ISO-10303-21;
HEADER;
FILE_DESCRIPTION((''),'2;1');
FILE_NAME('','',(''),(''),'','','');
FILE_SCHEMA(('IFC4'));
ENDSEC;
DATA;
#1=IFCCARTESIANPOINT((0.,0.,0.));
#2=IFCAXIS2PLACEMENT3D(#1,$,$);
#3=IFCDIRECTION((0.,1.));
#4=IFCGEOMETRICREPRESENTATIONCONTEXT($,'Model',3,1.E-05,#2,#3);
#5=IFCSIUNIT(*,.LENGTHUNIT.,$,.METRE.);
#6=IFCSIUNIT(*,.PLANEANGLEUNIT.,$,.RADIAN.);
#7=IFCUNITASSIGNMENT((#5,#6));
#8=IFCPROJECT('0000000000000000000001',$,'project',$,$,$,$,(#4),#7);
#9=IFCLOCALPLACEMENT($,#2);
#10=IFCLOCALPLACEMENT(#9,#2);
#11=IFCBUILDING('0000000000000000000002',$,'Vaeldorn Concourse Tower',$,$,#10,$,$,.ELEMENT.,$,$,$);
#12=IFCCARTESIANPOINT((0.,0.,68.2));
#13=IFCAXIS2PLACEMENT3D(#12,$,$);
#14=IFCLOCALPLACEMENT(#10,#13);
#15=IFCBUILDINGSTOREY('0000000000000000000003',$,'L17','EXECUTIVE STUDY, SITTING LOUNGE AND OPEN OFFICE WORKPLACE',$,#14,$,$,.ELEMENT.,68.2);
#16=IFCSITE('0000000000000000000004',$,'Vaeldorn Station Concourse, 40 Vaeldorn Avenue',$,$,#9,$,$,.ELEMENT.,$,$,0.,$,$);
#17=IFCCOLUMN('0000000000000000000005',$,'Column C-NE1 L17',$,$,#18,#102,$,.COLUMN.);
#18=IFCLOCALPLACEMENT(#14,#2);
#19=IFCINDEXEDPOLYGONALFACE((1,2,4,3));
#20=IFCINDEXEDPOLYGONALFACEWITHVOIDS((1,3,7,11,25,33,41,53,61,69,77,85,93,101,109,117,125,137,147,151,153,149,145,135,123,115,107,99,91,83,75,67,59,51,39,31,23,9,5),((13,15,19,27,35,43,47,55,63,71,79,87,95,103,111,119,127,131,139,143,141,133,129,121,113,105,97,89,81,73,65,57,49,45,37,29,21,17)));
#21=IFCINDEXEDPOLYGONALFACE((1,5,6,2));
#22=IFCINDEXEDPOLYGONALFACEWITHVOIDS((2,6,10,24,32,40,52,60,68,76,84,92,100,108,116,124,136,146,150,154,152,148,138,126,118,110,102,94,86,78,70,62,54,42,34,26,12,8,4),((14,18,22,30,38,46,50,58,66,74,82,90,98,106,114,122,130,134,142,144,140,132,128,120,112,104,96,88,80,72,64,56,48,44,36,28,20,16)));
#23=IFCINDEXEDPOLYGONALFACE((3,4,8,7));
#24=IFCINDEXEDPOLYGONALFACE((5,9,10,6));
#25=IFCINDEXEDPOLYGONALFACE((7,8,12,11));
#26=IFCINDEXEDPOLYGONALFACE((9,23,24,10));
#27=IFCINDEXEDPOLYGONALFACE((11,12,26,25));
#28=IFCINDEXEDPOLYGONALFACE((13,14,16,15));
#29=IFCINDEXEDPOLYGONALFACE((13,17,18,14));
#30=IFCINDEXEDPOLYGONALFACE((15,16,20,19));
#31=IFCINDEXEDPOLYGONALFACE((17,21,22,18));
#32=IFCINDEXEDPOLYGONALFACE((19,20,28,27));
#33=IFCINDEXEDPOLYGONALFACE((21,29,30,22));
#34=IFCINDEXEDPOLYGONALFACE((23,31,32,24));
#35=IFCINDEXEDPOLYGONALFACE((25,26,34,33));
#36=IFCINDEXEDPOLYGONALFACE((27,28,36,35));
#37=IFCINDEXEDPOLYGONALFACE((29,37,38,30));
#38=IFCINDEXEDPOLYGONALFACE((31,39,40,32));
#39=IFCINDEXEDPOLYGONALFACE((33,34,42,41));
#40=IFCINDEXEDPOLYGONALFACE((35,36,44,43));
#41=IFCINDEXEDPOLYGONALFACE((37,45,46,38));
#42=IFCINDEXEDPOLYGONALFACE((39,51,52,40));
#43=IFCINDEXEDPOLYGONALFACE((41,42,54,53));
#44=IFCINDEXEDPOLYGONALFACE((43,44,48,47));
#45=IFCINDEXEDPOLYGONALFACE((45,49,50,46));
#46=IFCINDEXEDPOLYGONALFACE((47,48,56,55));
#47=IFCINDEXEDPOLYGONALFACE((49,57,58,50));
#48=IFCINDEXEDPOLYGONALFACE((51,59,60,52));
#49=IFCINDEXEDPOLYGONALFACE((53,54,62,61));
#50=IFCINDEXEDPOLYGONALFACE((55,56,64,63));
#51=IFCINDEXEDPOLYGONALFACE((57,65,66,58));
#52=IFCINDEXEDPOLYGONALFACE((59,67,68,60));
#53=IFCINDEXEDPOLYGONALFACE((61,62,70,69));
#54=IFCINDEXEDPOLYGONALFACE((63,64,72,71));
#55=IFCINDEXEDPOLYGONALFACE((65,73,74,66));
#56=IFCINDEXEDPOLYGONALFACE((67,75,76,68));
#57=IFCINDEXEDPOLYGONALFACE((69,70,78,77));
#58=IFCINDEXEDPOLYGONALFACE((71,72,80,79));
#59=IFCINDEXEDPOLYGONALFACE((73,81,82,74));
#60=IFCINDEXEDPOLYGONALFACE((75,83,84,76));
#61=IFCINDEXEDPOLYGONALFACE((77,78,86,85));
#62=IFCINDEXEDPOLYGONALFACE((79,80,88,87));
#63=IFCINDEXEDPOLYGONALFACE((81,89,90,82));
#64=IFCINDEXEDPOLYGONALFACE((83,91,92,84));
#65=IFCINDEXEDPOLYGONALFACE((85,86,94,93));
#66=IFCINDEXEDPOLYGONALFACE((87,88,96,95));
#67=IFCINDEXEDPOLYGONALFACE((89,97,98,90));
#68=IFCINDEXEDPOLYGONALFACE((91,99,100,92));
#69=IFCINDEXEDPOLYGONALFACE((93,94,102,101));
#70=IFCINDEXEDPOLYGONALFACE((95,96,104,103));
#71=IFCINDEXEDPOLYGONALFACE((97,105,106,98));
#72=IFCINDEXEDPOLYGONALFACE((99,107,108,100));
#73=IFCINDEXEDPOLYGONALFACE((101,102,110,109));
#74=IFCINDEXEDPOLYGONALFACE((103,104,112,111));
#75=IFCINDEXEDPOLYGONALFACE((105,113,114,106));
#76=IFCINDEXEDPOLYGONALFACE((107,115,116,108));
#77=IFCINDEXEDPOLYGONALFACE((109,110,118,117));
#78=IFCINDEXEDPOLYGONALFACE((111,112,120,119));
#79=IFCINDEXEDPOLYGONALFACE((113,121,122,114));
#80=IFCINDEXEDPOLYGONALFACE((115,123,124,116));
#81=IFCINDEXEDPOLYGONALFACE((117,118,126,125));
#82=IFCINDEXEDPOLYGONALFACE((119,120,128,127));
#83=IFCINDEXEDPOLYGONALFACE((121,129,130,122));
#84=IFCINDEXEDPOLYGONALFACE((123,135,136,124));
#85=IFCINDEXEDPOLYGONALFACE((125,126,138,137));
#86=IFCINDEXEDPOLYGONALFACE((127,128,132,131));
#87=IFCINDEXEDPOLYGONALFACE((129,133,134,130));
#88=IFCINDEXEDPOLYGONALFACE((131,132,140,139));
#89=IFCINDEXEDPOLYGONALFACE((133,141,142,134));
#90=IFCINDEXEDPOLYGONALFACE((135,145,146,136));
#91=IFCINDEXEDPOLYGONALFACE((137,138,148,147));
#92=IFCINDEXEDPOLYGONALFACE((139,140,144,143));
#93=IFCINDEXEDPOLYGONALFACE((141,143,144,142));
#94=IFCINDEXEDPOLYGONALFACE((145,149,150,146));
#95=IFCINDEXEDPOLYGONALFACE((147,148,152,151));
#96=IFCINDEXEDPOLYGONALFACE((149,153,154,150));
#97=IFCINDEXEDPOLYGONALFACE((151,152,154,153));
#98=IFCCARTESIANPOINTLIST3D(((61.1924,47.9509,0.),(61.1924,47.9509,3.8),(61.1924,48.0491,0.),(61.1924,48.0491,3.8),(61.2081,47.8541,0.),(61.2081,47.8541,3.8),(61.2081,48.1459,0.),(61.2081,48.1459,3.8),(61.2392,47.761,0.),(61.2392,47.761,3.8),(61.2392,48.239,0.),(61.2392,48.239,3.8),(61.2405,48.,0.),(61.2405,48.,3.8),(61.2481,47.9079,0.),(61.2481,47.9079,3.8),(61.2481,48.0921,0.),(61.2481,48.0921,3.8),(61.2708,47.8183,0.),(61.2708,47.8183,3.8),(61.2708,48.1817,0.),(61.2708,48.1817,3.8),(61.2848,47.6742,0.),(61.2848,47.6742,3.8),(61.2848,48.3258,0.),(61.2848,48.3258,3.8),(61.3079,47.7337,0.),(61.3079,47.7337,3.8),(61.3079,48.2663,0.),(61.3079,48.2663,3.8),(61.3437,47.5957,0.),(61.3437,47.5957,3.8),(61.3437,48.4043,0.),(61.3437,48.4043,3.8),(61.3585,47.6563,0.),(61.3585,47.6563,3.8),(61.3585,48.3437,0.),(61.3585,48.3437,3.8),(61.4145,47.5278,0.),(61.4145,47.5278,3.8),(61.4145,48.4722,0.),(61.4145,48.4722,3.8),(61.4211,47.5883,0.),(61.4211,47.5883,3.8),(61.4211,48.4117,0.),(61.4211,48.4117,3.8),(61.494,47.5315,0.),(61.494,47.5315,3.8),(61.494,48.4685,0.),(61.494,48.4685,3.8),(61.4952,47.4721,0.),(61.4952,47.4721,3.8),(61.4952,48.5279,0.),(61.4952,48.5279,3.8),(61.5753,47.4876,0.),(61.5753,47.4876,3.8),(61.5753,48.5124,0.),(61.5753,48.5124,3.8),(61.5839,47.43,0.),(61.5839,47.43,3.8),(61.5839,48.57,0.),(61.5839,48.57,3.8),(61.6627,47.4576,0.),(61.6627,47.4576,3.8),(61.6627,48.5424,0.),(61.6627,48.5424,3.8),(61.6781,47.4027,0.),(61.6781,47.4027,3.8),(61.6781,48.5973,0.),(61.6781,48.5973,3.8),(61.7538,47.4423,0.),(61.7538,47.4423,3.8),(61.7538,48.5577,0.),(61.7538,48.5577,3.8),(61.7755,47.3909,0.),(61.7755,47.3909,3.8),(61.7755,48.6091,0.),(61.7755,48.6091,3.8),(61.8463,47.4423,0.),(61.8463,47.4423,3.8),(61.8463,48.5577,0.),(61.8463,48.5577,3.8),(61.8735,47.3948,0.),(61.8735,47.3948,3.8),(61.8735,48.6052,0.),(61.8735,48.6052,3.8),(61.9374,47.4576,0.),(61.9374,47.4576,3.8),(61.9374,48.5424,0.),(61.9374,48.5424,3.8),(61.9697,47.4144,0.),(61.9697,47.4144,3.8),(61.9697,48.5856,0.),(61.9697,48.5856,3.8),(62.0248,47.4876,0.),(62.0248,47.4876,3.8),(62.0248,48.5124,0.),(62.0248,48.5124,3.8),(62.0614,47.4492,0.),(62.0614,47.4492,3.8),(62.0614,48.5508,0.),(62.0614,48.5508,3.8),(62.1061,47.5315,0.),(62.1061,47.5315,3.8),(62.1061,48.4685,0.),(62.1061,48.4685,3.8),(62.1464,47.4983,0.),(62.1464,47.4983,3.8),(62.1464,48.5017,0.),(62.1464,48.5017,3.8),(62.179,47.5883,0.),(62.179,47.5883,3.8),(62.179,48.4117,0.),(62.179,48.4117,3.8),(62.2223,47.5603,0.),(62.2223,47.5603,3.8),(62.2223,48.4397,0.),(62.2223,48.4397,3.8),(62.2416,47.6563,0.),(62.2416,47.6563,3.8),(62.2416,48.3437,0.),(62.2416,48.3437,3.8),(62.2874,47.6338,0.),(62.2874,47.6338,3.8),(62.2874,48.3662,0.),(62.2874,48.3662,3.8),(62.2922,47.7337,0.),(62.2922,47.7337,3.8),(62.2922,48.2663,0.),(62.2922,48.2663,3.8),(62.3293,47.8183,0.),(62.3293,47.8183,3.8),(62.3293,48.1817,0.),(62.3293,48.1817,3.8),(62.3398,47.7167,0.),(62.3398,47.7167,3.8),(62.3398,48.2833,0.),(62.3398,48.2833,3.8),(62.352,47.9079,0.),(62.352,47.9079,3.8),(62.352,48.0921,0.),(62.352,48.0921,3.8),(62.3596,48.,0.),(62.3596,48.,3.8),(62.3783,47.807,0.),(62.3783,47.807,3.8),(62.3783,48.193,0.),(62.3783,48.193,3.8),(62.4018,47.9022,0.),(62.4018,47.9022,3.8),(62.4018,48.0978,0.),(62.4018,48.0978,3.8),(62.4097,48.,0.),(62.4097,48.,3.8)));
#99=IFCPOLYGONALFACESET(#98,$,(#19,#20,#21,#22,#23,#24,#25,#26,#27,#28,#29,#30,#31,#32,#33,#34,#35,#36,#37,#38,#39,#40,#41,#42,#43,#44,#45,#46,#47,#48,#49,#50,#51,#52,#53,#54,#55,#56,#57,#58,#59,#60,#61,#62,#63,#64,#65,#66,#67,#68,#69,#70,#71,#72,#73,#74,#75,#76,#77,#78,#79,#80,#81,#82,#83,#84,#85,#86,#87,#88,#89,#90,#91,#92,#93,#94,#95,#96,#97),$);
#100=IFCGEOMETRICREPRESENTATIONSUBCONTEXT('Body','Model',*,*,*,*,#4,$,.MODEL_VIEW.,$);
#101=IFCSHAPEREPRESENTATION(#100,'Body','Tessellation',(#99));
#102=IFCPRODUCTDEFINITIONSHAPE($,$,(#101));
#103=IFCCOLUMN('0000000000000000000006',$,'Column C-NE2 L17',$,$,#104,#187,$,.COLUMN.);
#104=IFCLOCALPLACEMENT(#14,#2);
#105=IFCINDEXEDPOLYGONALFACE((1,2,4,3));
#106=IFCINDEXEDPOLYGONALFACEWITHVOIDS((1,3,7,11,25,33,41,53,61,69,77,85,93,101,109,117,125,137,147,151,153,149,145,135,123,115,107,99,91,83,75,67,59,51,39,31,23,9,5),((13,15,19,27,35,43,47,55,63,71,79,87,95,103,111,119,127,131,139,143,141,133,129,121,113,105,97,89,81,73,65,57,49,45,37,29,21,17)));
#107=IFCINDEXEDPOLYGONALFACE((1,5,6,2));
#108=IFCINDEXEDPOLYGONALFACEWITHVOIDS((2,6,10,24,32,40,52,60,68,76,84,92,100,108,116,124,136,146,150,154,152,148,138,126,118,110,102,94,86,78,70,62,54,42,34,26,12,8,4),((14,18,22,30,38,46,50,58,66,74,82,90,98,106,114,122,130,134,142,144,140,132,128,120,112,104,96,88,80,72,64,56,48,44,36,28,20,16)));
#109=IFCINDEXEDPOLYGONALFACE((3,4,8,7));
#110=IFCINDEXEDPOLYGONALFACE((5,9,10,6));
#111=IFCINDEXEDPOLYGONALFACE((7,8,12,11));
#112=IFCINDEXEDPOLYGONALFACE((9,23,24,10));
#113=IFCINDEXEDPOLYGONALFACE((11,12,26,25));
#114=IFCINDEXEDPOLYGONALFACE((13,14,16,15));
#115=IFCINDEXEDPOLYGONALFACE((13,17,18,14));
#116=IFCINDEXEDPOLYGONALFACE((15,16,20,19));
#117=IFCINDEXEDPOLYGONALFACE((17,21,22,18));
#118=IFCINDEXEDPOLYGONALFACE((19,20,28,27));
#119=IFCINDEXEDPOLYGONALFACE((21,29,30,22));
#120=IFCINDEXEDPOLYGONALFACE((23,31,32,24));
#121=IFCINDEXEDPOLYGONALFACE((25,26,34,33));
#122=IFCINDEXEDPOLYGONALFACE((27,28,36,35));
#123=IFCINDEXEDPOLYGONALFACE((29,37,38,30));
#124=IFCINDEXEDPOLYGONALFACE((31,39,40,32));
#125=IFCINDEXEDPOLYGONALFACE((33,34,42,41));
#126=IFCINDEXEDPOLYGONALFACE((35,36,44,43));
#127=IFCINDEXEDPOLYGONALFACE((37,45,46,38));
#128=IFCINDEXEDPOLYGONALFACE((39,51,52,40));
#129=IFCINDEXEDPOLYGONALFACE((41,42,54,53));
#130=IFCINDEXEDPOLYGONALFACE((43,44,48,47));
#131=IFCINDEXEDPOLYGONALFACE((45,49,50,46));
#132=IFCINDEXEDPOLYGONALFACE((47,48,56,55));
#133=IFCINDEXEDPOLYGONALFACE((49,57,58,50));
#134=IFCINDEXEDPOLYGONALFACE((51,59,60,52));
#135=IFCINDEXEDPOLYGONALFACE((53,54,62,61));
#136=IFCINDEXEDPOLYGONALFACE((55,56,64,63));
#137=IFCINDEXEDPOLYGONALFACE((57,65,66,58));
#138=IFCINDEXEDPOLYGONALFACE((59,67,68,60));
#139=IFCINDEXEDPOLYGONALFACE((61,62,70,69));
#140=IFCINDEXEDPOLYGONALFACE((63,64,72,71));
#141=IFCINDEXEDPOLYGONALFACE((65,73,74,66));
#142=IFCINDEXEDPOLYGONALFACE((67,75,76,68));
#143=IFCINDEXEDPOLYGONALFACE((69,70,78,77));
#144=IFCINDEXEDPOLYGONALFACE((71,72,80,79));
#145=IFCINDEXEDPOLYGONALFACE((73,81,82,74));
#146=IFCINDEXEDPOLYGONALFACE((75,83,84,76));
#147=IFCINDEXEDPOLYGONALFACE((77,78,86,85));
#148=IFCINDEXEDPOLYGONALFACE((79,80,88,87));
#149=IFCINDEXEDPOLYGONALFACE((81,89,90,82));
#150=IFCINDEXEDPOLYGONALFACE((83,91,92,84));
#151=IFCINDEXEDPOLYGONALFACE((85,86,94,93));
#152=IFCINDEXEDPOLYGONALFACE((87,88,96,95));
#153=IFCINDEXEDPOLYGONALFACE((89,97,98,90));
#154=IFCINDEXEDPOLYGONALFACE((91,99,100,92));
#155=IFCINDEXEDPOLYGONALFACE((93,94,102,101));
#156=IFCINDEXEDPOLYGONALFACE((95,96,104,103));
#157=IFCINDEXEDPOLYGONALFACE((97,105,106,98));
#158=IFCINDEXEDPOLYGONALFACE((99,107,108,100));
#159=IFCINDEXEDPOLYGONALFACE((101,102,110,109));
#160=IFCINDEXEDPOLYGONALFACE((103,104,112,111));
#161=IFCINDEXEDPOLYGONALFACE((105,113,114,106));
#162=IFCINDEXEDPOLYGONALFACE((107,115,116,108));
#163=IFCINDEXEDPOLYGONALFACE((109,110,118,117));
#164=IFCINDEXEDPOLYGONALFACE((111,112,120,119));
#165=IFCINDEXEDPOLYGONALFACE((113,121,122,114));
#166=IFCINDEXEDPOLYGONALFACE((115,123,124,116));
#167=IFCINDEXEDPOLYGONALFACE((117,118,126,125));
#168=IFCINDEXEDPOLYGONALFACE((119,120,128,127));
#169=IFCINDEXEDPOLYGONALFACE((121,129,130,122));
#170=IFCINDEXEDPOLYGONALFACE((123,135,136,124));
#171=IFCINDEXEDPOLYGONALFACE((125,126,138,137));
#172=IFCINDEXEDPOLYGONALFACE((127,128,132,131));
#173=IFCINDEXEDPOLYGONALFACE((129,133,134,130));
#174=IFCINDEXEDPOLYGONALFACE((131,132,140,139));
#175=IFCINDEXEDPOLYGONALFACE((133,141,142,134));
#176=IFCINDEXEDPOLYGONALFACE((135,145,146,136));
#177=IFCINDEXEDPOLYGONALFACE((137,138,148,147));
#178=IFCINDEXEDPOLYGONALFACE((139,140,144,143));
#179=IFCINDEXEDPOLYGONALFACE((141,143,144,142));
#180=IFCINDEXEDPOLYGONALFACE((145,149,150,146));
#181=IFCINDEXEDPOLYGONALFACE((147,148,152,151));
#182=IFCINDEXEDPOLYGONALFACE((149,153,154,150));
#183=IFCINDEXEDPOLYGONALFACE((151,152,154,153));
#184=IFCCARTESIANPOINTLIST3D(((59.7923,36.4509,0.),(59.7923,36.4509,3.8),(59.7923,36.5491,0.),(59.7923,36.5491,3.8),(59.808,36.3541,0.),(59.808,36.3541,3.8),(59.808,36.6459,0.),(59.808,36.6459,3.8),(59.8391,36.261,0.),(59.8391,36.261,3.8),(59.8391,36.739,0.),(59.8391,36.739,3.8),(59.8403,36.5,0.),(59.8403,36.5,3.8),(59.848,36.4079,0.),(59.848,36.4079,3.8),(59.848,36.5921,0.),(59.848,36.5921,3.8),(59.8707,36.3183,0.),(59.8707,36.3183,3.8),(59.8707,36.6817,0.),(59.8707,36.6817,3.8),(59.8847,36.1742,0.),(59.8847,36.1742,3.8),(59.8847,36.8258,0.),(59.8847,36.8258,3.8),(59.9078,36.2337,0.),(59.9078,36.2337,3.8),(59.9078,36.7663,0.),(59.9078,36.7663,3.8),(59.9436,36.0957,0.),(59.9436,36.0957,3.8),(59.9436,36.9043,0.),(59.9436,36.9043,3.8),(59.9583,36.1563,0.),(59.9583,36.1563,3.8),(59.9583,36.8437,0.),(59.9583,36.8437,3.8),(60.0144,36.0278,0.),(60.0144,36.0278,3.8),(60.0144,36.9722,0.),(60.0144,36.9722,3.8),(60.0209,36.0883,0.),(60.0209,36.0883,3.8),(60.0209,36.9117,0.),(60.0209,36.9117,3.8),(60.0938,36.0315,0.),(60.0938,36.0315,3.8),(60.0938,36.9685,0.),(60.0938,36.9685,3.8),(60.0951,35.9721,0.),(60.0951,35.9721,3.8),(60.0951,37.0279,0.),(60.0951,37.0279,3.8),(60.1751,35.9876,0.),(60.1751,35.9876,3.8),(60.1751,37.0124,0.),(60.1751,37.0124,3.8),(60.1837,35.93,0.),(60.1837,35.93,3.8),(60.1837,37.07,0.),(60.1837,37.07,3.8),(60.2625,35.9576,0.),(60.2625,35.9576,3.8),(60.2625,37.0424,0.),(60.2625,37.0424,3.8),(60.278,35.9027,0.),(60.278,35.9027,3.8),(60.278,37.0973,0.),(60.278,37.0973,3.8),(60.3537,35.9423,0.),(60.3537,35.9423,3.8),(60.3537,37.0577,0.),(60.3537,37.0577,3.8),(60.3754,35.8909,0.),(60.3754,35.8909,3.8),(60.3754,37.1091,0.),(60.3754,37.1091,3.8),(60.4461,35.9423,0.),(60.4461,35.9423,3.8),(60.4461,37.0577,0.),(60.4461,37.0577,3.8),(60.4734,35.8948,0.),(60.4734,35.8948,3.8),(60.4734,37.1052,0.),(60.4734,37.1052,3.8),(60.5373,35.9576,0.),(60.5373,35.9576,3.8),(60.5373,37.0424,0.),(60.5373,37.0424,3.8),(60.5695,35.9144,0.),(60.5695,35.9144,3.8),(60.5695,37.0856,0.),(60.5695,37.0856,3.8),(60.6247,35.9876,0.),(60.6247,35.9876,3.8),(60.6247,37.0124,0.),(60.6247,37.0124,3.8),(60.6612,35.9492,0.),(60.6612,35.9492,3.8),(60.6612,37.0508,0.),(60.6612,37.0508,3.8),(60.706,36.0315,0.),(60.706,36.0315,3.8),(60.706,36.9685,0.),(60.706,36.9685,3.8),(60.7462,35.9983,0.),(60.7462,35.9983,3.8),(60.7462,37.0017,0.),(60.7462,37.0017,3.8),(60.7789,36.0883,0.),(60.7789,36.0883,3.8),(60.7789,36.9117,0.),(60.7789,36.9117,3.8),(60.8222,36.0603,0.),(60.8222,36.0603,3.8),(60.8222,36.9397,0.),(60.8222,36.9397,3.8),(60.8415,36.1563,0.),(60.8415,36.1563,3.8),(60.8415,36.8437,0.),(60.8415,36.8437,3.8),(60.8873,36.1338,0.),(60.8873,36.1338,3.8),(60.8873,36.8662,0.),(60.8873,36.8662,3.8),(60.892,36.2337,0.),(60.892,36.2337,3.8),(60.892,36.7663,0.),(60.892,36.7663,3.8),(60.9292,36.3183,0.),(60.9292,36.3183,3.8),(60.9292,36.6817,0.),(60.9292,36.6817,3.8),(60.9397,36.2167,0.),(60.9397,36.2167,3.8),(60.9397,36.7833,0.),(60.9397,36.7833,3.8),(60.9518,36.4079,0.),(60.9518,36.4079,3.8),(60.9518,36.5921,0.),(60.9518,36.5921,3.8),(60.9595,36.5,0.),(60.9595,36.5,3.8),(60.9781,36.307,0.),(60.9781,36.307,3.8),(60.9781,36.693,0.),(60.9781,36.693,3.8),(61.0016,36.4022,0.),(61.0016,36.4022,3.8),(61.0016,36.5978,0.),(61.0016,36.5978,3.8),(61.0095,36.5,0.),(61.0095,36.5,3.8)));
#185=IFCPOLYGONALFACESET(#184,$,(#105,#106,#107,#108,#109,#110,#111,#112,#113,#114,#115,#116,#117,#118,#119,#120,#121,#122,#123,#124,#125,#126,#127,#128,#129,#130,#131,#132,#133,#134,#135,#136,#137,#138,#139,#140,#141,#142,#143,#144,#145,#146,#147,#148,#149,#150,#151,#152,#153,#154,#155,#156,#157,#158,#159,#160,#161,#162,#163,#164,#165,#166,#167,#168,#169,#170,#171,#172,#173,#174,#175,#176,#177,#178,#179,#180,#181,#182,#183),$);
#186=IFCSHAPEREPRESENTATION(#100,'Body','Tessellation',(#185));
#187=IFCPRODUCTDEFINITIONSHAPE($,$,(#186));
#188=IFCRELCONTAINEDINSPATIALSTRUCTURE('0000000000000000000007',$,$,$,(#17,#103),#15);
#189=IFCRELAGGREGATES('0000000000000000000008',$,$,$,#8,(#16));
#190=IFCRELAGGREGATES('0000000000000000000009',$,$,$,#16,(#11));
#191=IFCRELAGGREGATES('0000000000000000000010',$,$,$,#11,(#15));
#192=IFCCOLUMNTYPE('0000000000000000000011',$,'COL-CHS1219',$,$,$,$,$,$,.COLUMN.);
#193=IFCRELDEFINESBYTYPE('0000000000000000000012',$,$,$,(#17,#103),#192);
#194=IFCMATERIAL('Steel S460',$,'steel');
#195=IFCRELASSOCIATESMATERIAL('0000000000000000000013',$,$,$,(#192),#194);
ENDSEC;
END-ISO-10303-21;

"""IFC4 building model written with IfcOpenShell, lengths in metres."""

from ifc_helpers import new_model, si_unit, direction, frame, origin, origin_2d, place, context, subcontext, project, spatial, hollow_circle, extrude, source, transform, mapped, material, material_profile, profile_set, type_object, element, save


model = new_model("IFC4")

# Units and contexts
model_context = context("Model", 3, precision=1e-05, world=origin(), true_north=direction((0.0, 1.0)))
body_context = subcontext(model_context, "Body", "Model", "MODEL_VIEW")
ifc_project = project(units=[si_unit("LENGTHUNIT", "METRE"), si_unit("PLANEANGLEUNIT", "RADIAN")], contexts=[model_context])

# Site, building, storey
site_placement = place(None, origin())
site = spatial("IfcSite", under=ifc_project, at=site_placement, Name="Vaeldorn Station Concourse, 40 Vaeldorn Avenue", CompositionType="ELEMENT", RefElevation=0.0)
building_placement = place(site_placement, origin())
building = spatial("IfcBuilding", under=site, at=building_placement, Name="Vaeldorn Concourse Tower", CompositionType="ELEMENT")
storey_placement = place(building_placement, frame((0.0, 0.0, 68.2)))
storey = spatial("IfcBuildingStorey", under=building, at=storey_placement, Name="L17", Description="EXECUTIVE STUDY, SITTING LOUNGE AND OPEN OFFICE WORKPLACE", CompositionType="ELEMENT", Elevation=68.2)

# Columns
ifc_material_1 = material(Name="Steel S460", Category="steel")
ifc_material_profile_1 = material_profile(ifc_material_1, hollow_circle(Radius=0.6096, WallThickness=0.05, at=origin_2d()), Name="CHS 1219x50")
ifc_profile_set_1 = profile_set([ifc_material_profile_1], Name="Steel S460")
column_type = type_object("IfcColumnType", Name="COL-CHS1219", PredefinedType="COLUMN", material=ifc_profile_set_1)
shared_shape_1 = source(origin(), body_context, "Body", "SweptSolid", [
    extrude(hollow_circle(Radius=0.6096, WallThickness=0.05, at=origin_2d()), origin(), (0.0, 0.0, 1.0), 3.8),
])
for number, where, z_axis, x_axis, name in (
    (1, (61.8, 48.0, 0.0), (0.0, 0.0, 1.0), (1.0, 0.0, 0.0), "Column C-NE1 L17"),
    (2, (60.3999, 36.5, 0.0), (0.0, 0.0, 1.0), (1.0, 0.0, 0.0), "Column C-NE2 L17"),
):
    element("IfcColumn", number, at=place(storey_placement, frame(where, z_axis=z_axis, x_axis=x_axis)), inside=storey, type_object=column_type, Name=name, PredefinedType="COLUMN", context=body_context, shape_type="MappedRepresentation", body=[
        mapped(shared_shape_1, transform((0.0, 0.0, 0.0), scale=1.0)),
    ])

save(model, "model.ifc")
